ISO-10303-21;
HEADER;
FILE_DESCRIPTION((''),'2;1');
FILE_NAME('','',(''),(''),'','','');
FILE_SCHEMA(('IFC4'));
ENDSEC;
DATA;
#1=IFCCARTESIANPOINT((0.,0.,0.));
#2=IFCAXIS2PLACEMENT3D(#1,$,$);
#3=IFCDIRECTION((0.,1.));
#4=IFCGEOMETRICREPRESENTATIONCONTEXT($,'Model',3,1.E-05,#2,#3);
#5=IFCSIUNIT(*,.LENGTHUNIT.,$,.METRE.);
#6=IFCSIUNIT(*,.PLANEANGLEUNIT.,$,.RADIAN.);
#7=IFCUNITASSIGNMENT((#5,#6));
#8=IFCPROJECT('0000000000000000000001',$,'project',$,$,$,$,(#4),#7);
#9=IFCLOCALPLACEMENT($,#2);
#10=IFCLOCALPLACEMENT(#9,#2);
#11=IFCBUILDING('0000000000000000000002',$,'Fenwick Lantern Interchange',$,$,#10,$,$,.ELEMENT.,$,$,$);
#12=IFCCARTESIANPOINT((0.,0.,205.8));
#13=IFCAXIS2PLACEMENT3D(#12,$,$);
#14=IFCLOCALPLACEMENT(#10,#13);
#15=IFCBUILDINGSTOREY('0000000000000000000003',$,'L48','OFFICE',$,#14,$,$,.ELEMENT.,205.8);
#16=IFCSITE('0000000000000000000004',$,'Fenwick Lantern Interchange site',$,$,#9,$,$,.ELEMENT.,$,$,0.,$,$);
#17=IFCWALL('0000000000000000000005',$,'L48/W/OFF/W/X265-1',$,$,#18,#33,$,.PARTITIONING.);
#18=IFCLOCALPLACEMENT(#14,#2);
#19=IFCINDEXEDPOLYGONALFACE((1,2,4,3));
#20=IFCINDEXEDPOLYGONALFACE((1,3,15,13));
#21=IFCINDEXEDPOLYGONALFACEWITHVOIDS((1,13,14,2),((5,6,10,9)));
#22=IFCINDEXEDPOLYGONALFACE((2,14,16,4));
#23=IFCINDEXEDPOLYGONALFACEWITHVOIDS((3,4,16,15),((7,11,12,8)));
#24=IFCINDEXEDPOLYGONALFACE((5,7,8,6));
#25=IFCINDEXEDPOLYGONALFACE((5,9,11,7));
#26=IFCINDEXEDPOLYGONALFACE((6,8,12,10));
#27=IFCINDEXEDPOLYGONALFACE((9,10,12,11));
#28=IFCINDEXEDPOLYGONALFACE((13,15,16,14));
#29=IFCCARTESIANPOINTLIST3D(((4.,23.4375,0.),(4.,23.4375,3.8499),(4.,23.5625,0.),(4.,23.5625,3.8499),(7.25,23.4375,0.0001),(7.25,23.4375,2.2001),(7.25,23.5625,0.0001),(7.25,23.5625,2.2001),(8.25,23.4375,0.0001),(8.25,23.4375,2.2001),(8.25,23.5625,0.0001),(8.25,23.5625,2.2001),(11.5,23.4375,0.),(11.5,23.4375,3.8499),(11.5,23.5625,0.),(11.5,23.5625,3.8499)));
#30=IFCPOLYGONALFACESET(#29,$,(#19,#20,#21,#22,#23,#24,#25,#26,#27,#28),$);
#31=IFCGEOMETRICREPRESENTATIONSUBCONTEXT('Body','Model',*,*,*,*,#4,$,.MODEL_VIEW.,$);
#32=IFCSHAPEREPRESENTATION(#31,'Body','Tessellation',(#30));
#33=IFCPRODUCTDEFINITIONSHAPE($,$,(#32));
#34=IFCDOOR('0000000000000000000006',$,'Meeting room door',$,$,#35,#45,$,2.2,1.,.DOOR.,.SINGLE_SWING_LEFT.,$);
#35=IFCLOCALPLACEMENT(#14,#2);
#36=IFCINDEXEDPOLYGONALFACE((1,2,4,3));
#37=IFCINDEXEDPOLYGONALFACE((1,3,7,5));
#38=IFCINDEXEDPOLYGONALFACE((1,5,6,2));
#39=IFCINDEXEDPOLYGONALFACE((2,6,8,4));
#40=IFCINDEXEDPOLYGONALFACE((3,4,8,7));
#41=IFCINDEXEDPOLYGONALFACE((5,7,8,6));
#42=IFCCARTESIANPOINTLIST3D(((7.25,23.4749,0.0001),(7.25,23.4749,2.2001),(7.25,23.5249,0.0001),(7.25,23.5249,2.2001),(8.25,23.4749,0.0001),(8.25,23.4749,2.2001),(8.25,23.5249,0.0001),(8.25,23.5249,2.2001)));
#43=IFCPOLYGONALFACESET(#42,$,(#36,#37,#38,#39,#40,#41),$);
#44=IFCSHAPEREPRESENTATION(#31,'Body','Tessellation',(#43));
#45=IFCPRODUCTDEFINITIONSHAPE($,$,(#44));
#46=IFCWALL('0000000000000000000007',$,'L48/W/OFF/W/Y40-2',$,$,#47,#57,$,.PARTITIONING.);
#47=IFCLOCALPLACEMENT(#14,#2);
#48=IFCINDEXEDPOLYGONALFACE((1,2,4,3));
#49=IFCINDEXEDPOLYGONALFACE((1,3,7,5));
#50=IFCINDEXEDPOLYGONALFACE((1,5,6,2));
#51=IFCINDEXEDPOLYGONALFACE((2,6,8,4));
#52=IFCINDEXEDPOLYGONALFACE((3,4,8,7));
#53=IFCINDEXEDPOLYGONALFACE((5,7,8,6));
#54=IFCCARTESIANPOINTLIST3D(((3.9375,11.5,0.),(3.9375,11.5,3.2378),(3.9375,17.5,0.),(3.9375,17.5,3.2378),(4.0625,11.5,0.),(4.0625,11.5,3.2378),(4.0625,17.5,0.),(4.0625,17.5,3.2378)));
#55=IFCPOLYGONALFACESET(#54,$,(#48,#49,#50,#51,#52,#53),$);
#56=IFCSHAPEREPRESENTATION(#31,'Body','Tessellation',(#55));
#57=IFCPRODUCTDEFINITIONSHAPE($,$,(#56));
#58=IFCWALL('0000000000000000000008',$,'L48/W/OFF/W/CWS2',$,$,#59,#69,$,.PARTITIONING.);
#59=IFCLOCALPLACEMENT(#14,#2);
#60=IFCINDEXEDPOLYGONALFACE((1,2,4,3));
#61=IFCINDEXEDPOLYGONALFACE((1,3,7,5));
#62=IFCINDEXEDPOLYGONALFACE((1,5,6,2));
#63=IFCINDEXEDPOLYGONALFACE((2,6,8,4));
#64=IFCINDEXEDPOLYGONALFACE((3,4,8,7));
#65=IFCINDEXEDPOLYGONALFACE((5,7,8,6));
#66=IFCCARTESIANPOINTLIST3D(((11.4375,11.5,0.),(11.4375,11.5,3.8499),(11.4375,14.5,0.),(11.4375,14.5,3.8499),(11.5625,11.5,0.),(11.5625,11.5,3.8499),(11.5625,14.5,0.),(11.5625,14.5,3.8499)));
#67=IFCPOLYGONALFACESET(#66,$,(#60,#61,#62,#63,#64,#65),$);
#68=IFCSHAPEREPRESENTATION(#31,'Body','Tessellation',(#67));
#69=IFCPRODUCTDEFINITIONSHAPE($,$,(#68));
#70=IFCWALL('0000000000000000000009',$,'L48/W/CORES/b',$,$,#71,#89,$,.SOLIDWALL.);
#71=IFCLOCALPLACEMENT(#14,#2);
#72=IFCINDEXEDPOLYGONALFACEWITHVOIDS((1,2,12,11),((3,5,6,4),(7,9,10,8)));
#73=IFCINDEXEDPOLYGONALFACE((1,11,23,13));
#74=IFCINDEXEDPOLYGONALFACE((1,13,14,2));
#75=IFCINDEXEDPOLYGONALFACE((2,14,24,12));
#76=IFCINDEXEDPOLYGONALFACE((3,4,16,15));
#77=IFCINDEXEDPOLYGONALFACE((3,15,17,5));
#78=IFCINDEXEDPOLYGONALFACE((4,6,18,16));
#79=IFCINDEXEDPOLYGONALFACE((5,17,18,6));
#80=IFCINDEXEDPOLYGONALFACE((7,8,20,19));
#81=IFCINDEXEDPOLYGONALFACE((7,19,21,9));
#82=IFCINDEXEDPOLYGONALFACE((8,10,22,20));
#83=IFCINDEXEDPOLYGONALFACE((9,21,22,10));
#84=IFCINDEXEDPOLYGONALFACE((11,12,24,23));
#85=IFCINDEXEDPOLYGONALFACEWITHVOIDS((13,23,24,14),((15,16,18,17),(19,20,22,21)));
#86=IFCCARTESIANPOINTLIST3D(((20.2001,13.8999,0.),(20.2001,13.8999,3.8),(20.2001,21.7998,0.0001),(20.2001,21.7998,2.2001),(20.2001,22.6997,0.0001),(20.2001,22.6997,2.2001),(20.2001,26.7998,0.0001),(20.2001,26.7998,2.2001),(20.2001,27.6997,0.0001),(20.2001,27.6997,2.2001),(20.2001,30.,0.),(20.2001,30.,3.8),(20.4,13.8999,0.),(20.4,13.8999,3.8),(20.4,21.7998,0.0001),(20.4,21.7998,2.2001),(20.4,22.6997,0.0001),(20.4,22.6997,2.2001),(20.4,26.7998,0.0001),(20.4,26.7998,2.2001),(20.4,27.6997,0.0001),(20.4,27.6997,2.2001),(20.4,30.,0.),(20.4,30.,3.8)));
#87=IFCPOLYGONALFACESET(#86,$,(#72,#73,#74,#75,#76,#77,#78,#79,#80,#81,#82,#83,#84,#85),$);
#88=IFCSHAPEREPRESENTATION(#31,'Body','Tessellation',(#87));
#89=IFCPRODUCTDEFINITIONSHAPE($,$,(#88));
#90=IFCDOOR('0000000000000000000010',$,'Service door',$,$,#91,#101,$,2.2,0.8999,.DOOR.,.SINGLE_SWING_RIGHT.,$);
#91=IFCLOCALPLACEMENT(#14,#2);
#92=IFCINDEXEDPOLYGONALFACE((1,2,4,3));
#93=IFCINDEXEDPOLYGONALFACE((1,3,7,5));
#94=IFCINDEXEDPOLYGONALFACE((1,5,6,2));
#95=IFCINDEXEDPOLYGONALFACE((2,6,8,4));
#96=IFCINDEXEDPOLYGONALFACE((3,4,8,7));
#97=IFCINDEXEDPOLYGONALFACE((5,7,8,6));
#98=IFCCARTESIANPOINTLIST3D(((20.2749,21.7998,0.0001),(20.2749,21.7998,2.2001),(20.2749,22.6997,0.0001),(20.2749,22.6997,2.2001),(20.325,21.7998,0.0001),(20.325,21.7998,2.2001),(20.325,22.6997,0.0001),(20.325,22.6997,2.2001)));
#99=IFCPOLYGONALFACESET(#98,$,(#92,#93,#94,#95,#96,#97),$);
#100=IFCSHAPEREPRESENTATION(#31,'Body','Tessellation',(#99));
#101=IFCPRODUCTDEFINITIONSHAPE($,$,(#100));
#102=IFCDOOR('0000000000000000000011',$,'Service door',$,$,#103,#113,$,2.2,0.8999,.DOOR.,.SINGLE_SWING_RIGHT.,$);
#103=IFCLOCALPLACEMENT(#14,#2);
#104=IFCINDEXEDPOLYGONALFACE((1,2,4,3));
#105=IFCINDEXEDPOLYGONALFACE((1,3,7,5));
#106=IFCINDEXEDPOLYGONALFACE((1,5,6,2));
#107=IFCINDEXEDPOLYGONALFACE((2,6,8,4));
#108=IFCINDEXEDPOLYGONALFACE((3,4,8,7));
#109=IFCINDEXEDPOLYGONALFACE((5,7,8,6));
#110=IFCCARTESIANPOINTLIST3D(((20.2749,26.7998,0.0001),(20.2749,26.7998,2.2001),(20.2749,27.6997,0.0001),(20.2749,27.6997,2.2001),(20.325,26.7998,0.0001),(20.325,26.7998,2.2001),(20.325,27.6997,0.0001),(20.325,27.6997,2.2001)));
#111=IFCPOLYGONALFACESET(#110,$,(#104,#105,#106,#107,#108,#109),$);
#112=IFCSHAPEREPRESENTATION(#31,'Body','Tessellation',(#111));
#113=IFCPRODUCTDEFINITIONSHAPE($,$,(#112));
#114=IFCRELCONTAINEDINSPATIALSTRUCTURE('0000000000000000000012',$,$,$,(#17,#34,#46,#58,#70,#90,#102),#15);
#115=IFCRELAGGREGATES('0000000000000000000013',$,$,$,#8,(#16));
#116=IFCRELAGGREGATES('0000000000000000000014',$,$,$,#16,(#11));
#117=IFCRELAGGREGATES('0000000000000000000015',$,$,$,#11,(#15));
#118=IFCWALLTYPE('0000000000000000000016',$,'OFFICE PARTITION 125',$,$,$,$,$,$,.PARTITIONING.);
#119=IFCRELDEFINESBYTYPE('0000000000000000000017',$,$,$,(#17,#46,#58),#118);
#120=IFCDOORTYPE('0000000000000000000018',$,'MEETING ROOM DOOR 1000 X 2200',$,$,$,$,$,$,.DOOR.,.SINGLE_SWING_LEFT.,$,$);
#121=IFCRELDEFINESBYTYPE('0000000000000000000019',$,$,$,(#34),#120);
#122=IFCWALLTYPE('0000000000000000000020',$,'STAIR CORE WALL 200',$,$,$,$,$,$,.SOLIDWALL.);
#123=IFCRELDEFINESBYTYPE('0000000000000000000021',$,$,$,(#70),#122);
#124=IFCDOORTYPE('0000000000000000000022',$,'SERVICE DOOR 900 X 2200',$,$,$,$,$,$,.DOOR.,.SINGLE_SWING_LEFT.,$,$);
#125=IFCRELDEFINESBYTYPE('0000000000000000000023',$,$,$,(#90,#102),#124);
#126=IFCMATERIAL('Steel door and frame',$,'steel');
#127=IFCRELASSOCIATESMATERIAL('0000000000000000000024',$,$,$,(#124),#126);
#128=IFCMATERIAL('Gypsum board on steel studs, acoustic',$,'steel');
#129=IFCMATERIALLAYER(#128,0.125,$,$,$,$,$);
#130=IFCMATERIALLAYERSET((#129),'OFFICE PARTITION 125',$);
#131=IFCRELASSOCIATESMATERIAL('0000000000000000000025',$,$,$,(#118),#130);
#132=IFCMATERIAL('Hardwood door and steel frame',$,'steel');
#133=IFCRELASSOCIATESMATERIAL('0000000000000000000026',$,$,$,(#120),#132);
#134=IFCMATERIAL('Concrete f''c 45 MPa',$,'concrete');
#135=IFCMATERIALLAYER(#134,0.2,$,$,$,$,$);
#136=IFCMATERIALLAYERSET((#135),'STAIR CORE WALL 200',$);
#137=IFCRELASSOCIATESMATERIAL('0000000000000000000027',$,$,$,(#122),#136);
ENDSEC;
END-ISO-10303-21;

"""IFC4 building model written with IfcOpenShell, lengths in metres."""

from ifc_helpers import new_model, si_unit, direction, frame, frame_2d, origin, place, context, subcontext, project, spatial, rectangle, extrude, material, layer, layer_set, type_object, element, fill, save


model = new_model("IFC4")

# Units and contexts
model_context = context("Model", 3, precision=1e-05, world=origin(), true_north=direction((0.0, 1.0)))
body_context = subcontext(model_context, "Body", "Model", "MODEL_VIEW")
ifc_project = project(units=[si_unit("LENGTHUNIT", "METRE"), si_unit("PLANEANGLEUNIT", "RADIAN")], contexts=[model_context])

# Site, building, storey
site_placement = place(None, origin())
site = spatial("IfcSite", under=ifc_project, at=site_placement, Name="Fenwick Lantern Interchange site", CompositionType="ELEMENT", RefElevation=0.0)
building_placement = place(site_placement, origin())
building = spatial("IfcBuilding", under=site, at=building_placement, Name="Fenwick Lantern Interchange", CompositionType="ELEMENT")
storey_placement = place(building_placement, frame((0.0, 0.0, 205.8)))
storey = spatial("IfcBuildingStorey", under=building, at=storey_placement, Name="L48", Description="OFFICE", CompositionType="ELEMENT", Elevation=205.8)

# Shared definitions
ifc_material_1 = material(Name="Steel door and frame", Category="steel")
door_type_1 = type_object("IfcDoorType", Name="SERVICE DOOR 900 X 2200", OperationType="SINGLE_SWING_LEFT", PredefinedType="DOOR", material=ifc_material_1)

# Shared definitions
ifc_material_2 = material(Name="Hardwood door and steel frame", Category="steel")

# Wall, opening, door
ifc_material_3 = material(Name="Gypsum board on steel studs, acoustic", Category="steel")
ifc_layer_1 = layer(ifc_material_3, 0.125)
ifc_layer_set_1 = layer_set([ifc_layer_1], Name="OFFICE PARTITION 125")
wall_type_1 = type_object("IfcWallType", Name="OFFICE PARTITION 125", PredefinedType="PARTITIONING", material=ifc_layer_set_1)
wall_1_placement = place(storey_placement, frame((4.0, 23.5, 0.0), z_axis=(0.0, 0.0, 1.0), x_axis=(1.0, 0.0, 0.0)))
wall_1 = element("IfcWall", 1, at=wall_1_placement, inside=storey, type_object=wall_type_1, Name="L48/W/OFF/W/X265-1", PredefinedType="PARTITIONING", context=body_context, shape_type="SweptSolid", body=[
    extrude(rectangle(XDim=7.5, YDim=0.125, at=frame_2d((3.75, 0.0))), origin(), (0.0, 0.0, 1.0), 3.8499),
])
opening_1_placement = place(wall_1_placement, frame((3.25, 0.0, 0.0)))
opening_1 = element("IfcOpeningElement", 2, at=opening_1_placement, cuts=wall_1, PredefinedType="OPENING", context=body_context, shape_type="SweptSolid", body=[
    extrude(rectangle(XDim=1.0, YDim=2.2, at=frame_2d((0.5, 1.1001))), frame((0.0, 0.0725, 0.0), z_axis=(0.0, -1.0, 0.0), x_axis=(1.0, 0.0, 0.0)), (0.0, 0.0, 1.0), 0.145),
])
door_type_2 = type_object("IfcDoorType", Name="MEETING ROOM DOOR 1000 X 2200", OperationType="SINGLE_SWING_LEFT", PredefinedType="DOOR", material=ifc_material_2)
door_1_placement = place(opening_1_placement, origin())
door_1 = element("IfcDoor", 3, at=door_1_placement, inside=storey, type_object=door_type_2, Name="Meeting room door", OperationType="SINGLE_SWING_LEFT", OverallHeight=2.2, OverallWidth=1.0, PredefinedType="DOOR", context=body_context, shape_type="SweptSolid", body=[
    extrude(rectangle(XDim=1.0, YDim=2.2, at=frame_2d((0.5, 1.1001))), frame((0.0, 0.0249, 0.0), z_axis=(0.0, -1.0, 0.0), x_axis=(1.0, 0.0, 0.0)), (0.0, 0.0, 1.0), 0.05),
])
fill(opening_1, door_1)

# Walls
wall_2_placement = place(storey_placement, frame((4.0, 17.5, 0.0), z_axis=(0.0, 0.0, 1.0), x_axis=(0.0, -1.0, 0.0)))
element("IfcWall", 4, at=wall_2_placement, inside=storey, type_object=wall_type_1, Name="L48/W/OFF/W/Y40-2", PredefinedType="PARTITIONING", context=body_context, shape_type="SweptSolid", body=[
    extrude(rectangle(XDim=6.0, YDim=0.125, at=frame_2d((3.0, 0.0))), origin(), (0.0, 0.0, 1.0), 3.2378),
])
wall_3_placement = place(storey_placement, frame((11.5, 14.5, 0.0), z_axis=(0.0, 0.0, 1.0), x_axis=(0.0, -1.0, 0.0)))
element("IfcWall", 5, at=wall_3_placement, inside=storey, type_object=wall_type_1, Name="L48/W/OFF/W/CWS2", PredefinedType="PARTITIONING", context=body_context, shape_type="SweptSolid", body=[
    extrude(rectangle(XDim=3.0, YDim=0.125, at=frame_2d((1.5, 0.0))), origin(), (0.0, 0.0, 1.0), 3.8499),
])

# Wall, openings, doors
ifc_material_4 = material(Name="Concrete f'c 45 MPa", Category="concrete")
ifc_layer_2 = layer(ifc_material_4, 0.2)
ifc_layer_set_2 = layer_set([ifc_layer_2], Name="STAIR CORE WALL 200")
wall_type_2 = type_object("IfcWallType", Name="STAIR CORE WALL 200", PredefinedType="SOLIDWALL", material=ifc_layer_set_2)
wall_4_placement = place(storey_placement, frame((20.3, 13.8999, 0.0), z_axis=(0.0, 0.0, 1.0), x_axis=(0.0, 1.0, 0.0)))
wall_4 = element("IfcWall", 6, at=wall_4_placement, inside=storey, type_object=wall_type_2, Name="L48/W/CORES/b", PredefinedType="SOLIDWALL", context=body_context, shape_type="SweptSolid", body=[
    extrude(rectangle(XDim=16.1001, YDim=0.2, at=frame_2d((8.05, 0.0))), origin(), (0.0, 0.0, 1.0), 3.8),
])
opening_2_placement = place(wall_4_placement, frame((7.8999, 0.0, 0.0)))
opening_2 = element("IfcOpeningElement", 7, at=opening_2_placement, cuts=wall_4, PredefinedType="OPENING", context=body_context, shape_type="SweptSolid", body=[
    extrude(rectangle(XDim=0.8999, YDim=2.2, at=frame_2d((0.45, 1.1001))), frame((0.0, 0.1099, 0.0), z_axis=(0.0, -1.0, 0.0), x_axis=(1.0, 0.0, 0.0)), (0.0, 0.0, 1.0), 0.22),
])
opening_3_placement = place(wall_4_placement, frame((12.8999, 0.0, 0.0)))
opening_3 = element("IfcOpeningElement", 8, at=opening_3_placement, cuts=wall_4, PredefinedType="OPENING", context=body_context, shape_type="SweptSolid", body=[
    extrude(rectangle(XDim=0.8999, YDim=2.2, at=frame_2d((0.45, 1.1001))), frame((0.0, 0.1099, 0.0), z_axis=(0.0, -1.0, 0.0), x_axis=(1.0, 0.0, 0.0)), (0.0, 0.0, 1.0), 0.22),
])
door_2_placement = place(opening_2_placement, frame((0.8999, 0.0, 0.0), z_axis=(0.0, 0.0, 1.0), x_axis=(-1.0, 0.0, 0.0)))
door_2 = element("IfcDoor", 9, at=door_2_placement, inside=storey, type_object=door_type_1, Name="Service door", OperationType="SINGLE_SWING_RIGHT", OverallHeight=2.2, OverallWidth=0.8999, PredefinedType="DOOR", context=body_context, shape_type="SweptSolid", body=[
    extrude(rectangle(XDim=0.8999, YDim=2.2, at=frame_2d((0.45, 1.1001))), frame((0.0, 0.0249, 0.0), z_axis=(0.0, -1.0, 0.0), x_axis=(1.0, 0.0, 0.0)), (0.0, 0.0, 1.0), 0.05),
])
fill(opening_2, door_2)
door_3_placement = place(opening_3_placement, frame((0.8999, 0.0, 0.0), z_axis=(0.0, 0.0, 1.0), x_axis=(-1.0, 0.0, 0.0)))
door_3 = element("IfcDoor", 10, at=door_3_placement, inside=storey, type_object=door_type_1, Name="Service door", OperationType="SINGLE_SWING_RIGHT", OverallHeight=2.2, OverallWidth=0.8999, PredefinedType="DOOR", context=body_context, shape_type="SweptSolid", body=[
    extrude(rectangle(XDim=0.8999, YDim=2.2, at=frame_2d((0.45, 1.1001))), frame((0.0, 0.0249, 0.0), z_axis=(0.0, -1.0, 0.0), x_axis=(1.0, 0.0, 0.0)), (0.0, 0.0, 1.0), 0.05),
])
fill(opening_3, door_3)

save(model, "model.ifc")
